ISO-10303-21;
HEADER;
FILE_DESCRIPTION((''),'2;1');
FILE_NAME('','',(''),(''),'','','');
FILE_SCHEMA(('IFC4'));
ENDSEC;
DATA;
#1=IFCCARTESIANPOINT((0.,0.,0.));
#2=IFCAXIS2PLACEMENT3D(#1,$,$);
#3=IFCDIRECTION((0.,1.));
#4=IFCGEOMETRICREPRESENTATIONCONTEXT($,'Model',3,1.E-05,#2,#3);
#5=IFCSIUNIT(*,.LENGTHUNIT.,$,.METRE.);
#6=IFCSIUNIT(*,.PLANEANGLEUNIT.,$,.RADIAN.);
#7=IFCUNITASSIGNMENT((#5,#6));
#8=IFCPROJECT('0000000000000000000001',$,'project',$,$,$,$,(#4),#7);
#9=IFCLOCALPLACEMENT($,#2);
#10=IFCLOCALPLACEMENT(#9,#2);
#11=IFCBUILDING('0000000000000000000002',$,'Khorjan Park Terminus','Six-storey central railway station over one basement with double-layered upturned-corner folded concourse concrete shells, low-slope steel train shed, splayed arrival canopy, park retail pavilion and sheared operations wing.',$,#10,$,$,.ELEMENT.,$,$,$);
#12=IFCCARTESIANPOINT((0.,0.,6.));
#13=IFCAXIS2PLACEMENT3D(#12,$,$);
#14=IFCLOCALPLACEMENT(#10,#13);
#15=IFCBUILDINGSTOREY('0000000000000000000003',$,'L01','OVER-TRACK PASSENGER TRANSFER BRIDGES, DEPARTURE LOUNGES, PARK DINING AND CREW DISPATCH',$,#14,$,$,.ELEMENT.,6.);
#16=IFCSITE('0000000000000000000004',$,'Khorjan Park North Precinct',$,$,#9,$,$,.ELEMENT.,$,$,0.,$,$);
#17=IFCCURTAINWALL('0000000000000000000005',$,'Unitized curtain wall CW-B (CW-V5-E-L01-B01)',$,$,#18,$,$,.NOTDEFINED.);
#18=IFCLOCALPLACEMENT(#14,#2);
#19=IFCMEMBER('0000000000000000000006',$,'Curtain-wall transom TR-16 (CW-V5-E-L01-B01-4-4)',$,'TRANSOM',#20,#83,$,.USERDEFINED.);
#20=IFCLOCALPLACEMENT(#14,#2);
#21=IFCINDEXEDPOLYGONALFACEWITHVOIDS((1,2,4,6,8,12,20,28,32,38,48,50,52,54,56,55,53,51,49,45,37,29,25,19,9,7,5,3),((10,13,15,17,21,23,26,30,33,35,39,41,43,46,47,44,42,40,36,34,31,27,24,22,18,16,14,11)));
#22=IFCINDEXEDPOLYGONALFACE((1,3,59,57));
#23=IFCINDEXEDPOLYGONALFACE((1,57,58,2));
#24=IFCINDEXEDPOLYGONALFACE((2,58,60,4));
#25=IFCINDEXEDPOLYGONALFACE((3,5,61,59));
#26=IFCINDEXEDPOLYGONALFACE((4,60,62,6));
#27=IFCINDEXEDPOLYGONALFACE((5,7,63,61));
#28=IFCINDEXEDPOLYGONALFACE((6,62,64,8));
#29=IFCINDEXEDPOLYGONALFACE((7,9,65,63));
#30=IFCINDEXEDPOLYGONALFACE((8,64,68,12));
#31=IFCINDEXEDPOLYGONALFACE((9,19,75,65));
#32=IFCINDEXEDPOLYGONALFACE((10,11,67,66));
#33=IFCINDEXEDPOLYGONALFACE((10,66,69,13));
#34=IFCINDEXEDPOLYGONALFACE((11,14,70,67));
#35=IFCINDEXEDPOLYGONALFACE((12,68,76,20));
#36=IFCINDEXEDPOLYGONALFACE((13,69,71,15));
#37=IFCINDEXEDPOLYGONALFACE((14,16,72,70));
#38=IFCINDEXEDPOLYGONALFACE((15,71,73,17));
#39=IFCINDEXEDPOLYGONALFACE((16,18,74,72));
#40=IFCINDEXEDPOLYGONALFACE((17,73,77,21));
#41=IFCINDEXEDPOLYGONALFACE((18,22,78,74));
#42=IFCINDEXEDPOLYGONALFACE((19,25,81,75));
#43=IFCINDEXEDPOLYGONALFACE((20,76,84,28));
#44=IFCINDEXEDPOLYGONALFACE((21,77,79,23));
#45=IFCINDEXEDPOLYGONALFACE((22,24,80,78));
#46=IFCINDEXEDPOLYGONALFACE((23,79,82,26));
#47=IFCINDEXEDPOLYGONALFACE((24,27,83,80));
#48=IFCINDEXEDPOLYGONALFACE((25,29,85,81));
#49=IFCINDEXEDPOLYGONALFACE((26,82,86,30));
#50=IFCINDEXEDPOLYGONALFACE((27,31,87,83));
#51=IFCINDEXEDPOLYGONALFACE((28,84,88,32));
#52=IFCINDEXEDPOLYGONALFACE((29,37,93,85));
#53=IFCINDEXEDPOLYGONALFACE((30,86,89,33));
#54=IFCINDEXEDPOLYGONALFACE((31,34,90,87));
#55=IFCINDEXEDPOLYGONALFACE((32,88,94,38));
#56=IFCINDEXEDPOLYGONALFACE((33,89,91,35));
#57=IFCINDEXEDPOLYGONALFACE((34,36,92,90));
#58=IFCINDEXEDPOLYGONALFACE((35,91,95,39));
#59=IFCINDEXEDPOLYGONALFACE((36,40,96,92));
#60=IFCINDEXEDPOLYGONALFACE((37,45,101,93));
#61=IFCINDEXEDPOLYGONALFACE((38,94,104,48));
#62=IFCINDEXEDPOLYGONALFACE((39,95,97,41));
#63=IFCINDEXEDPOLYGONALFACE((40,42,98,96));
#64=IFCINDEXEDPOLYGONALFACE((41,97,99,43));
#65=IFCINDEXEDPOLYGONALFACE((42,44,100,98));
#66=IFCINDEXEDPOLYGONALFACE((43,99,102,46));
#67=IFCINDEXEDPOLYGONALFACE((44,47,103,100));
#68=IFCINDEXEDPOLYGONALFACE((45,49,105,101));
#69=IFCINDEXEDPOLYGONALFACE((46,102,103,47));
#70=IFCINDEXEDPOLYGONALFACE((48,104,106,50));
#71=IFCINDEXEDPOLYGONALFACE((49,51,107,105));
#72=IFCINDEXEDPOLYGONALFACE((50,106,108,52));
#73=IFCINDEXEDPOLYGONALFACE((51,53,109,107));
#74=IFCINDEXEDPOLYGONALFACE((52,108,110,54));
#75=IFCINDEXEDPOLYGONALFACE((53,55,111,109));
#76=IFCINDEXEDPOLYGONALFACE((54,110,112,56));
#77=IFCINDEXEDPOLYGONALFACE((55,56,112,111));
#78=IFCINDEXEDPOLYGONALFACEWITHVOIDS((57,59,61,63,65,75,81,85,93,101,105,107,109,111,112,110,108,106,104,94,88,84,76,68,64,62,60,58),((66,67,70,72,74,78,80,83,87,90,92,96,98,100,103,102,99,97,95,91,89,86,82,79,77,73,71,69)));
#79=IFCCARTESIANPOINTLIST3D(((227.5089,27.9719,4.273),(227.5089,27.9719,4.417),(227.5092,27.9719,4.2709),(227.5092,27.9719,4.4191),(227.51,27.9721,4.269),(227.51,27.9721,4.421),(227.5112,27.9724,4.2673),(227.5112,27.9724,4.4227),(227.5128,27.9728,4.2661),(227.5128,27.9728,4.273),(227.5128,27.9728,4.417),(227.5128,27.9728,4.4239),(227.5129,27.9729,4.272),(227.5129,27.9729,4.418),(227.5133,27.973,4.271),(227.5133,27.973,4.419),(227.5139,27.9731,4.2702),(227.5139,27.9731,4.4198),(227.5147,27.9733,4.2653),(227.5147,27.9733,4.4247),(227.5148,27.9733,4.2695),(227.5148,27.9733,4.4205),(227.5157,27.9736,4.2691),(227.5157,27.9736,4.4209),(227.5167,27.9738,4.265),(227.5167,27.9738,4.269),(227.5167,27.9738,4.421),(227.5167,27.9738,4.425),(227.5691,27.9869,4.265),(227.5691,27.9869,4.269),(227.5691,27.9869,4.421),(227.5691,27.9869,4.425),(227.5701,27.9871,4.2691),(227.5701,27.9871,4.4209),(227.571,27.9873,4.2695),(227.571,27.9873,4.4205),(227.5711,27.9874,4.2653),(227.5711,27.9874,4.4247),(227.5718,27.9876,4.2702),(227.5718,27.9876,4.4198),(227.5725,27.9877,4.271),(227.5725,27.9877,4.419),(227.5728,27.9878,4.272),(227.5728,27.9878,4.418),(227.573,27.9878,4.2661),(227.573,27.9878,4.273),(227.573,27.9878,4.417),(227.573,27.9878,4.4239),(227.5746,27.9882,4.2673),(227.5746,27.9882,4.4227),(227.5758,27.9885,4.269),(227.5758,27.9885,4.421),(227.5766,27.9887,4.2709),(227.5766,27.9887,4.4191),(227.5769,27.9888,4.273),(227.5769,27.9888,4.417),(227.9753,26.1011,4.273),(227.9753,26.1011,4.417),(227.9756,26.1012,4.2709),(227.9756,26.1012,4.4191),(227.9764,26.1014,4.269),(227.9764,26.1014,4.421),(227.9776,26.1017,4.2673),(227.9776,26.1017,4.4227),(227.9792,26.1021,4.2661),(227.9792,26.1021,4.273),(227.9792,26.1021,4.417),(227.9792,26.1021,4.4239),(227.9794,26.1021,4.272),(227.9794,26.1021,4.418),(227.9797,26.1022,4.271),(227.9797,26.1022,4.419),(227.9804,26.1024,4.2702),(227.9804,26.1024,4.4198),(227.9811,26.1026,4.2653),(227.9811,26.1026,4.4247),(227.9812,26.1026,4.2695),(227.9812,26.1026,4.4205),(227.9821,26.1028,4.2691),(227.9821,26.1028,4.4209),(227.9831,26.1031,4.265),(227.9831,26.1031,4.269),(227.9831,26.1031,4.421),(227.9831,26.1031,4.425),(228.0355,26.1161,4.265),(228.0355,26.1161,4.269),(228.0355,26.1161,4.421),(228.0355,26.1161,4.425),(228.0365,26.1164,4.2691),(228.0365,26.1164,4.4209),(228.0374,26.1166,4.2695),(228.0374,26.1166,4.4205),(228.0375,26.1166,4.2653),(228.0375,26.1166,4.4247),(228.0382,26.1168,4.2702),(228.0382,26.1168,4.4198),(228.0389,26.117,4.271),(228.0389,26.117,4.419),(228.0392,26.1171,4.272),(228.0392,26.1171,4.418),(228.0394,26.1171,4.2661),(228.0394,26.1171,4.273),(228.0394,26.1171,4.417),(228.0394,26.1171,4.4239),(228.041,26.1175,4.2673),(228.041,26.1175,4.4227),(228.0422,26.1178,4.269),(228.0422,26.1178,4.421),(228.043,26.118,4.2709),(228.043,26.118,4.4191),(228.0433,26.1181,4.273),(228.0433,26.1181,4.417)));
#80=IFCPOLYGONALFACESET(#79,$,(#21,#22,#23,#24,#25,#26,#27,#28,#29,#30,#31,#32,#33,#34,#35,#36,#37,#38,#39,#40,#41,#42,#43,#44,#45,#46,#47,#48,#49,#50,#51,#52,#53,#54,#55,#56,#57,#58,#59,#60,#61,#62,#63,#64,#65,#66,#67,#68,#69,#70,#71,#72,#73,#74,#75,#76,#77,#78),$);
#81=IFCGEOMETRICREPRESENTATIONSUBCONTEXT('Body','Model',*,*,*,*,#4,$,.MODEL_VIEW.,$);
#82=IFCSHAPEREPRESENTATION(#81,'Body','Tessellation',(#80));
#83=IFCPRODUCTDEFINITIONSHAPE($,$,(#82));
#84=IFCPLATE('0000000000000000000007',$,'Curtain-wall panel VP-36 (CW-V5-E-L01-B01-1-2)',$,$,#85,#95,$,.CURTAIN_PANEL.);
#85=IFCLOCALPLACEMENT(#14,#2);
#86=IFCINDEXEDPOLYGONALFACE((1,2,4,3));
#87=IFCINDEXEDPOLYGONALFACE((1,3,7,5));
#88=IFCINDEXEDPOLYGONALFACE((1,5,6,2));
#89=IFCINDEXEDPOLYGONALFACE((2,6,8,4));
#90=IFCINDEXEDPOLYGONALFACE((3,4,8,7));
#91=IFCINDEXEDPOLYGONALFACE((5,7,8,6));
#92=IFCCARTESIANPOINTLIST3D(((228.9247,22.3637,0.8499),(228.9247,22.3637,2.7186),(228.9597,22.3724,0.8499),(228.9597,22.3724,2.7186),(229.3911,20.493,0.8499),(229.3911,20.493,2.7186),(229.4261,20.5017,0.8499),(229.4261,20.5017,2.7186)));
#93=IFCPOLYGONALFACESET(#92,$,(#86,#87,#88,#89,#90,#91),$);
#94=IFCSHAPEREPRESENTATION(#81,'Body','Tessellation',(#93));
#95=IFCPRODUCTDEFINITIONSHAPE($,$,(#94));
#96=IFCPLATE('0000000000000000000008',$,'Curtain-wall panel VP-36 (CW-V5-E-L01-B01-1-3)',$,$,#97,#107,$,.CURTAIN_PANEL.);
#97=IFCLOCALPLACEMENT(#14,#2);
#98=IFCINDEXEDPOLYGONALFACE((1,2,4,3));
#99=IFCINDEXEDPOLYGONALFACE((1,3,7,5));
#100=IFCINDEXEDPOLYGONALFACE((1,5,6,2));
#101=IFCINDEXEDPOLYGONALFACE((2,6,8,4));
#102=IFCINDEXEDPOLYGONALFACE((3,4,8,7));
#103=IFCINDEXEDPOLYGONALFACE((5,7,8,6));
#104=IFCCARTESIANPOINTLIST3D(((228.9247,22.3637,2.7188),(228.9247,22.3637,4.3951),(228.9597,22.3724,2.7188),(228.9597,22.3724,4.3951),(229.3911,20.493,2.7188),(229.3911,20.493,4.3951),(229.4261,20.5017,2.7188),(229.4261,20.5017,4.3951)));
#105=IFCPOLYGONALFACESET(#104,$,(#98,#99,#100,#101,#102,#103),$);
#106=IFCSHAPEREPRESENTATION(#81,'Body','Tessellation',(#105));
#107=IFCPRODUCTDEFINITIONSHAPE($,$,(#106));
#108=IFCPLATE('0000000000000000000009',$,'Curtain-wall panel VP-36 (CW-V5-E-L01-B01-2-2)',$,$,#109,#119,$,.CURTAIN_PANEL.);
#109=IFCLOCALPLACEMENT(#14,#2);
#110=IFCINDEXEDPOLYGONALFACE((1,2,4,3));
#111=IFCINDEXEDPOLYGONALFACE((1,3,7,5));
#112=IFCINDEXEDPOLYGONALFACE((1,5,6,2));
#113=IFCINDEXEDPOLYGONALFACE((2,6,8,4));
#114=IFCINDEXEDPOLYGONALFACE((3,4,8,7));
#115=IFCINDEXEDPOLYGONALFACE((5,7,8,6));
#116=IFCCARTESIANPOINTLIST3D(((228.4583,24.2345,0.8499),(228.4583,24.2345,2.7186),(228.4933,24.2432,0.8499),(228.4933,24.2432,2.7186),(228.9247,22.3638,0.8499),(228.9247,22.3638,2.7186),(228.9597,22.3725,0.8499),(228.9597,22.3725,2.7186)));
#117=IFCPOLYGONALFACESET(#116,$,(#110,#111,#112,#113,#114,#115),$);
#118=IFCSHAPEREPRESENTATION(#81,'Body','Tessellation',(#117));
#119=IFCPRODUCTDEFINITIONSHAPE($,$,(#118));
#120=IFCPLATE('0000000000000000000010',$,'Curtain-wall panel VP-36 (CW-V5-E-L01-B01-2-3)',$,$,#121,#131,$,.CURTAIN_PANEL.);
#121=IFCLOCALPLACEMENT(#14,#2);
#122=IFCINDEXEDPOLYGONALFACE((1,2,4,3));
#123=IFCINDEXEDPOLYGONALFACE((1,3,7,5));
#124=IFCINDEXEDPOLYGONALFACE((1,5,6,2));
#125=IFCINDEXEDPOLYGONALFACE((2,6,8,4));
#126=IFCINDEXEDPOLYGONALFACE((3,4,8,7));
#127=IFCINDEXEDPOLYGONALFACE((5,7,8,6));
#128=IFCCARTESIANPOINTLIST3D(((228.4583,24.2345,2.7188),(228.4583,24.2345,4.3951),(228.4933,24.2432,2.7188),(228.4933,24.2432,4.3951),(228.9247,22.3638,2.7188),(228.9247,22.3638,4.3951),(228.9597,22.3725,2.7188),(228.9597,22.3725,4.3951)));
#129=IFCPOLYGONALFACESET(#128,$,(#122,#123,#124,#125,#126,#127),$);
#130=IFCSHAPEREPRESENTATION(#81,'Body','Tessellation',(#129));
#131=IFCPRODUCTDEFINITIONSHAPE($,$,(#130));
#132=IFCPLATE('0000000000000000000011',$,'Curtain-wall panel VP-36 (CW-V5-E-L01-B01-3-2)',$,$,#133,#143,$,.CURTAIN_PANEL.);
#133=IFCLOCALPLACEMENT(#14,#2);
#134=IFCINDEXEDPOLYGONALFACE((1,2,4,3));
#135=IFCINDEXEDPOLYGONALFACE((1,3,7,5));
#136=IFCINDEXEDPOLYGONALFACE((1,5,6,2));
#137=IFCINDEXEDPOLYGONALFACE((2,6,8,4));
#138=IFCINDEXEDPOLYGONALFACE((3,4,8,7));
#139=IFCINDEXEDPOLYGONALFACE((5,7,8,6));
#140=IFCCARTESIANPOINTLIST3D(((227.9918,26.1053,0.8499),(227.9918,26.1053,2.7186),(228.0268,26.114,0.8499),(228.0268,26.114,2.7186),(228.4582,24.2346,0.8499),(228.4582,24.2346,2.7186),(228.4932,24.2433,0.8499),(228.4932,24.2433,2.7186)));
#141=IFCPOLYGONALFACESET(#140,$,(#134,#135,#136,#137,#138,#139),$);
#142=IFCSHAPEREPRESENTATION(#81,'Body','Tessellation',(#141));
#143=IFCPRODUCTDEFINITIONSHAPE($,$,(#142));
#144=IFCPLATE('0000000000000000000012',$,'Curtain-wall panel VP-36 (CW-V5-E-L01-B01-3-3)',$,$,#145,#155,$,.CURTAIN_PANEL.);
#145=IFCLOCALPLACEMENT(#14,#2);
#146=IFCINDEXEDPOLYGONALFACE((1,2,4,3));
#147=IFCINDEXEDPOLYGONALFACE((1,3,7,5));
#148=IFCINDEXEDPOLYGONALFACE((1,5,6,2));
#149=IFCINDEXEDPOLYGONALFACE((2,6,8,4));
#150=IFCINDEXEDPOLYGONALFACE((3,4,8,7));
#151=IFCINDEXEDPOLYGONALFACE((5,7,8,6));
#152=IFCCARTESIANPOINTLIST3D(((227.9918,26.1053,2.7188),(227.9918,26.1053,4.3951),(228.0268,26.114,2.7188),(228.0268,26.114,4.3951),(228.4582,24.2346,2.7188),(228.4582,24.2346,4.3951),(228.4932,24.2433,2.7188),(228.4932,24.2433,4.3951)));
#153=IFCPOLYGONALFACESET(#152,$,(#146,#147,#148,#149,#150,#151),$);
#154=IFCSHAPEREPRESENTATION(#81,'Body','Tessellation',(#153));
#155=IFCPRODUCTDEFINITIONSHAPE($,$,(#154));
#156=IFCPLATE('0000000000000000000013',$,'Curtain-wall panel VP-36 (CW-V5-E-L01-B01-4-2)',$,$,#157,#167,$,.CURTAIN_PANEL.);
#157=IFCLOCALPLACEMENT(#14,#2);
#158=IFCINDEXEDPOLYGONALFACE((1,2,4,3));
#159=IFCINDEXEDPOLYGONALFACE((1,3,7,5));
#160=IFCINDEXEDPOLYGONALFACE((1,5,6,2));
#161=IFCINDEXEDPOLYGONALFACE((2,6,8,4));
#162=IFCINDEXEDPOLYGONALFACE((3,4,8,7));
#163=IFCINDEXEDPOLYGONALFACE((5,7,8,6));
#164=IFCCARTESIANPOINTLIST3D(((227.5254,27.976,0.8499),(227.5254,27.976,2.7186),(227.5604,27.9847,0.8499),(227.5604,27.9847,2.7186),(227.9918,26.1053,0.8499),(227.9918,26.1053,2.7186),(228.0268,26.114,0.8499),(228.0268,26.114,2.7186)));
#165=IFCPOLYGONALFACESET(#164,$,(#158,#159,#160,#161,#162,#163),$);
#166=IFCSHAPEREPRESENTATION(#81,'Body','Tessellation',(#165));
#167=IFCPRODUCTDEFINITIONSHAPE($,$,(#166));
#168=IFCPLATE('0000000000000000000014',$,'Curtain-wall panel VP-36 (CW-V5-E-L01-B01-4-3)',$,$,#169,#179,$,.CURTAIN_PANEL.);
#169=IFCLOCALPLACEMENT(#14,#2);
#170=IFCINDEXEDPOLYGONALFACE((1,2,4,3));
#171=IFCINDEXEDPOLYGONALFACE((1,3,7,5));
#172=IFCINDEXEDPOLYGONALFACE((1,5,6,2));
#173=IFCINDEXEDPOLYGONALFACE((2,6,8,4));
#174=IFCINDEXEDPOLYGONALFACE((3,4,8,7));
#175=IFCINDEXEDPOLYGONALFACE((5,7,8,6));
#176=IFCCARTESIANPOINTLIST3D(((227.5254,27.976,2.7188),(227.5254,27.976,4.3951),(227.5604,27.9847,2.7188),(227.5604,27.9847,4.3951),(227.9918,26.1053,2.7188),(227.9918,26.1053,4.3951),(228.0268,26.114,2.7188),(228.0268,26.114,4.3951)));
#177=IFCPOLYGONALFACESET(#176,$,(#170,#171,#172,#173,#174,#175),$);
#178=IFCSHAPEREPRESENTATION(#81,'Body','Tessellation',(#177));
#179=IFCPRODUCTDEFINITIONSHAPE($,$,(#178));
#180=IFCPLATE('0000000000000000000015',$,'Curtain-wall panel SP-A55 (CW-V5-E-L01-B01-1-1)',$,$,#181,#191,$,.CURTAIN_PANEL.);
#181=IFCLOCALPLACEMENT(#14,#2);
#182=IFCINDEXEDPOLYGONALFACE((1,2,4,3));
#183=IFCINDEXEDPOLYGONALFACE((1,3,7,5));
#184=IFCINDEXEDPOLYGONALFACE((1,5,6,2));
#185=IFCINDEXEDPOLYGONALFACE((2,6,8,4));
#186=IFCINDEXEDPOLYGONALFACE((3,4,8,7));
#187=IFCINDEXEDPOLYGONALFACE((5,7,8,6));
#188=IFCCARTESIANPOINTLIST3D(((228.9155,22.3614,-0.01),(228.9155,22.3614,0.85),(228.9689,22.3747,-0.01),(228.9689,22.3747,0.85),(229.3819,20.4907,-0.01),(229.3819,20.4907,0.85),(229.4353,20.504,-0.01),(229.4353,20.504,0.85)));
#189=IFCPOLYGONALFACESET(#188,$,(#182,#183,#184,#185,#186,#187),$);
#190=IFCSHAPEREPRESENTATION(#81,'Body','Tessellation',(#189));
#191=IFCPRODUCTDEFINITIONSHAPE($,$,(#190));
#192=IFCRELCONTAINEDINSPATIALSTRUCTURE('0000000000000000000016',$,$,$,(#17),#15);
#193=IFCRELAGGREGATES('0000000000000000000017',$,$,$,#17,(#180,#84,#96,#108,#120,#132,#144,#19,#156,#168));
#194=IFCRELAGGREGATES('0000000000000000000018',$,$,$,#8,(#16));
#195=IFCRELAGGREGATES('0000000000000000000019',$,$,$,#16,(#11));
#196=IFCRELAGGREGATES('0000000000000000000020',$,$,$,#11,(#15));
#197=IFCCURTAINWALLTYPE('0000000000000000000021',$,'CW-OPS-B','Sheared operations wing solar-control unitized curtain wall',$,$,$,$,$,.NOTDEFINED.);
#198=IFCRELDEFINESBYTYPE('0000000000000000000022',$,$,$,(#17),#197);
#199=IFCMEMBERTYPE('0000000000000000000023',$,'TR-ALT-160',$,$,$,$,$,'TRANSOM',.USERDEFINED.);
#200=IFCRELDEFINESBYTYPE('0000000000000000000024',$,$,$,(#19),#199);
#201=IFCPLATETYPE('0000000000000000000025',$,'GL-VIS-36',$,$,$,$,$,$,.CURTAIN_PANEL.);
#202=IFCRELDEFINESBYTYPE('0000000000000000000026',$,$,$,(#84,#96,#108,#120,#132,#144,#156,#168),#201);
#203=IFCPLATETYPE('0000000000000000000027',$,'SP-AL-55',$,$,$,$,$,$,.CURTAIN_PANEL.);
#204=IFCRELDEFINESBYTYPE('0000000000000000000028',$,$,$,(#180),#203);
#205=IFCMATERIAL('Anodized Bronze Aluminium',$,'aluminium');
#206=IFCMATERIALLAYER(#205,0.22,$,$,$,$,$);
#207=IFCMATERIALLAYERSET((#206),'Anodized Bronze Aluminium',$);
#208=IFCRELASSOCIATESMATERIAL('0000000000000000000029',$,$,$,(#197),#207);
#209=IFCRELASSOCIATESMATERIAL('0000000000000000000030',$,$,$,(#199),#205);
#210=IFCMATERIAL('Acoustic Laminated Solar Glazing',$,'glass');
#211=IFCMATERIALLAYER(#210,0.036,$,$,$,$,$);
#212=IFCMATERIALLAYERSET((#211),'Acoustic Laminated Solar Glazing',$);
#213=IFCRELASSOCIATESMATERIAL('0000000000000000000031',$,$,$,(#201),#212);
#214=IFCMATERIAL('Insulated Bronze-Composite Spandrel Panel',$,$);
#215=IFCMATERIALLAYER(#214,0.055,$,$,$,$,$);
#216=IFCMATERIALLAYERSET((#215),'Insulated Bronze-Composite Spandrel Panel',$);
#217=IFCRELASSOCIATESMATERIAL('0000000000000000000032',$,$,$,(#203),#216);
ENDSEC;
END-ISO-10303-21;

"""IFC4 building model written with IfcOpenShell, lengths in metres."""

from ifc_helpers import new_model, si_unit, direction, frame, origin, origin_2d, place, context, subcontext, project, spatial, rectangle, hollow_rectangle, extrude, material, layer, layer_set, material_profile, profile_set, type_object, element, aggregate, save


model = new_model("IFC4")

# Units and contexts
model_context = context("Model", 3, precision=1e-05, world=origin(), true_north=direction((0.0, 1.0)))
body_context = subcontext(model_context, "Body", "Model", "MODEL_VIEW")
ifc_project = project(units=[si_unit("LENGTHUNIT", "METRE"), si_unit("PLANEANGLEUNIT", "RADIAN")], contexts=[model_context])

# Site, building, storey
site_placement = place(None, origin())
site = spatial("IfcSite", under=ifc_project, at=site_placement, Name="Khorjan Park North Precinct", CompositionType="ELEMENT", RefElevation=0.0)
building_placement = place(site_placement, origin())
building = spatial("IfcBuilding", under=site, at=building_placement, Name="Khorjan Park Terminus", Description="Six-storey central railway station over one basement with double-layered upturned-corner folded concourse concrete shells, low-slope steel train shed, splayed arrival canopy, park retail pavilion and sheared operations wing.", CompositionType="ELEMENT")
storey_placement = place(building_placement, frame((0.0, 0.0, 6.0)))
storey = spatial("IfcBuildingStorey", under=building, at=storey_placement, Name="L01", Description="OVER-TRACK PASSENGER TRANSFER BRIDGES, DEPARTURE LOUNGES, PARK DINING AND CREW DISPATCH", CompositionType="ELEMENT", Elevation=6.0)

# Curtain wall, member, plates
ifc_material_1 = material(Name="Anodized Bronze Aluminium", Category="aluminium")
ifc_layer_1 = layer(ifc_material_1, 0.22)
ifc_layer_set_1 = layer_set([ifc_layer_1], Name="Anodized Bronze Aluminium")
curtain_wall_type = type_object("IfcCurtainWallType", Name="CW-OPS-B", Description="Sheared operations wing solar-control unitized curtain wall", PredefinedType="NOTDEFINED", material=ifc_layer_set_1)
curtain_wall_placement = place(storey_placement, origin())
curtain_wall = element("IfcCurtainWall", 1, at=curtain_wall_placement, inside=storey, type_object=curtain_wall_type, Name="Unitized curtain wall CW-B (CW-V5-E-L01-B01)", PredefinedType="NOTDEFINED")
ifc_material_profile_1 = material_profile(ifc_material_1, hollow_rectangle(XDim=0.07, YDim=0.16, WallThickness=0.004, InnerFilletRadius=0.004, OuterFilletRadius=0.008, at=origin_2d()), Name="ALT 70x160x4")
ifc_profile_set_1 = profile_set([ifc_material_profile_1], Name="Anodized Bronze Aluminium")
member_type_1 = type_object("IfcMemberType", Name="TR-ALT-160", ElementType="TRANSOM", PredefinedType="USERDEFINED", material=ifc_profile_set_1)
member_1_placement = place(storey_placement, frame((228.0093, 26.1096, 4.345), z_axis=(-0.241913, 0.970298, 0.0), x_axis=(-0.970298, -0.241913, 0.0)))
member_1 = element("IfcMember", 2, at=member_1_placement, type_object=member_type_1, Name="Curtain-wall transom TR-16 (CW-V5-E-L01-B01-4-4)", ObjectType="TRANSOM", PredefinedType="USERDEFINED", context=body_context, shape_type="SweptSolid", body=[
    extrude(hollow_rectangle(XDim=0.07, YDim=0.16, WallThickness=0.004, InnerFilletRadius=0.004, OuterFilletRadius=0.008, at=origin_2d()), origin(), (0.0, 0.0, 1.0), 1.928),
])
ifc_material_2 = material(Name="Acoustic Laminated Solar Glazing", Category="glass")
ifc_layer_2 = layer(ifc_material_2, 0.036)
ifc_layer_set_2 = layer_set([ifc_layer_2], Name="Acoustic Laminated Solar Glazing")
plate_type_1 = type_object("IfcPlateType", Name="GL-VIS-36", PredefinedType="CURTAIN_PANEL", material=ifc_layer_set_2)
plate_1_placement = place(storey_placement, frame((229.1754, 21.4327, 0.8499), z_axis=(0.0, 0.0, 1.0), x_axis=(-0.24192, 0.970296, 0.0)))
plate_1 = element("IfcPlate", 3, at=plate_1_placement, type_object=plate_type_1, Name="Curtain-wall panel VP-36 (CW-V5-E-L01-B01-1-2)", PredefinedType="CURTAIN_PANEL", context=body_context, shape_type="SweptSolid", body=[
    extrude(rectangle(XDim=1.928, YDim=0.036, at=origin_2d()), origin(), (0.0, 0.0, 1.0), 1.8687),
])
plate_2_placement = place(storey_placement, frame((229.1754, 21.4327, 2.7188), z_axis=(0.0, 0.0, 1.0), x_axis=(-0.24192, 0.970296, 0.0)))
plate_2 = element("IfcPlate", 4, at=plate_2_placement, type_object=plate_type_1, Name="Curtain-wall panel VP-36 (CW-V5-E-L01-B01-1-3)", PredefinedType="CURTAIN_PANEL", context=body_context, shape_type="SweptSolid", body=[
    extrude(rectangle(XDim=1.928, YDim=0.036, at=origin_2d()), origin(), (0.0, 0.0, 1.0), 1.6763),
])
plate_3_placement = place(storey_placement, frame((228.709, 23.3035, 0.8499), z_axis=(0.0, 0.0, 1.0), x_axis=(-0.24192, 0.970296, 0.0)))
plate_3 = element("IfcPlate", 5, at=plate_3_placement, type_object=plate_type_1, Name="Curtain-wall panel VP-36 (CW-V5-E-L01-B01-2-2)", PredefinedType="CURTAIN_PANEL", context=body_context, shape_type="SweptSolid", body=[
    extrude(rectangle(XDim=1.928, YDim=0.036, at=origin_2d()), origin(), (0.0, 0.0, 1.0), 1.8687),
])
plate_4_placement = place(storey_placement, frame((228.709, 23.3035, 2.7188), z_axis=(0.0, 0.0, 1.0), x_axis=(-0.24192, 0.970296, 0.0)))
plate_4 = element("IfcPlate", 6, at=plate_4_placement, type_object=plate_type_1, Name="Curtain-wall panel VP-36 (CW-V5-E-L01-B01-2-3)", PredefinedType="CURTAIN_PANEL", context=body_context, shape_type="SweptSolid", body=[
    extrude(rectangle(XDim=1.928, YDim=0.036, at=origin_2d()), origin(), (0.0, 0.0, 1.0), 1.6763),
])
plate_5_placement = place(storey_placement, frame((228.2425, 25.1743, 0.8499), z_axis=(0.0, 0.0, 1.0), x_axis=(-0.24192, 0.970296, 0.0)))
plate_5 = element("IfcPlate", 7, at=plate_5_placement, type_object=plate_type_1, Name="Curtain-wall panel VP-36 (CW-V5-E-L01-B01-3-2)", PredefinedType="CURTAIN_PANEL", context=body_context, shape_type="SweptSolid", body=[
    extrude(rectangle(XDim=1.928, YDim=0.036, at=origin_2d()), origin(), (0.0, 0.0, 1.0), 1.8687),
])
plate_6_placement = place(storey_placement, frame((228.2425, 25.1743, 2.7188), z_axis=(0.0, 0.0, 1.0), x_axis=(-0.24192, 0.970296, 0.0)))
plate_6 = element("IfcPlate", 8, at=plate_6_placement, type_object=plate_type_1, Name="Curtain-wall panel VP-36 (CW-V5-E-L01-B01-3-3)", PredefinedType="CURTAIN_PANEL", context=body_context, shape_type="SweptSolid", body=[
    extrude(rectangle(XDim=1.928, YDim=0.036, at=origin_2d()), origin(), (0.0, 0.0, 1.0), 1.6763),
])
plate_7_placement = place(storey_placement, frame((227.7761, 27.045, 0.8499), z_axis=(0.0, 0.0, 1.0), x_axis=(-0.24192, 0.970296, 0.0)))
plate_7 = element("IfcPlate", 9, at=plate_7_placement, type_object=plate_type_1, Name="Curtain-wall panel VP-36 (CW-V5-E-L01-B01-4-2)", PredefinedType="CURTAIN_PANEL", context=body_context, shape_type="SweptSolid", body=[
    extrude(rectangle(XDim=1.928, YDim=0.036, at=origin_2d()), origin(), (0.0, 0.0, 1.0), 1.8687),
])
plate_8_placement = place(storey_placement, frame((227.7761, 27.045, 2.7188), z_axis=(0.0, 0.0, 1.0), x_axis=(-0.24192, 0.970296, 0.0)))
plate_8 = element("IfcPlate", 10, at=plate_8_placement, type_object=plate_type_1, Name="Curtain-wall panel VP-36 (CW-V5-E-L01-B01-4-3)", PredefinedType="CURTAIN_PANEL", context=body_context, shape_type="SweptSolid", body=[
    extrude(rectangle(XDim=1.928, YDim=0.036, at=origin_2d()), origin(), (0.0, 0.0, 1.0), 1.6763),
])
ifc_material_3 = material(Name="Insulated Bronze-Composite Spandrel Panel")
ifc_layer_3 = layer(ifc_material_3, 0.055)
ifc_layer_set_3 = layer_set([ifc_layer_3], Name="Insulated Bronze-Composite Spandrel Panel")
plate_type_2 = type_object("IfcPlateType", Name="SP-AL-55", PredefinedType="CURTAIN_PANEL", material=ifc_layer_set_3)
plate_9_placement = place(storey_placement, frame((229.1754, 21.4327, -0.01), z_axis=(0.0, 0.0, 1.0), x_axis=(-0.24192, 0.970296, 0.0)))
plate_9 = element("IfcPlate", 11, at=plate_9_placement, type_object=plate_type_2, Name="Curtain-wall panel SP-A55 (CW-V5-E-L01-B01-1-1)", PredefinedType="CURTAIN_PANEL", context=body_context, shape_type="SweptSolid", body=[
    extrude(rectangle(XDim=1.928, YDim=0.055, at=origin_2d()), origin(), (0.0, 0.0, 1.0), 0.86),
])
aggregate(curtain_wall, [plate_9, plate_1, plate_2, plate_3, plate_4, plate_5, plate_6, member_1, plate_7, plate_8])

save(model, "model.ifc")
